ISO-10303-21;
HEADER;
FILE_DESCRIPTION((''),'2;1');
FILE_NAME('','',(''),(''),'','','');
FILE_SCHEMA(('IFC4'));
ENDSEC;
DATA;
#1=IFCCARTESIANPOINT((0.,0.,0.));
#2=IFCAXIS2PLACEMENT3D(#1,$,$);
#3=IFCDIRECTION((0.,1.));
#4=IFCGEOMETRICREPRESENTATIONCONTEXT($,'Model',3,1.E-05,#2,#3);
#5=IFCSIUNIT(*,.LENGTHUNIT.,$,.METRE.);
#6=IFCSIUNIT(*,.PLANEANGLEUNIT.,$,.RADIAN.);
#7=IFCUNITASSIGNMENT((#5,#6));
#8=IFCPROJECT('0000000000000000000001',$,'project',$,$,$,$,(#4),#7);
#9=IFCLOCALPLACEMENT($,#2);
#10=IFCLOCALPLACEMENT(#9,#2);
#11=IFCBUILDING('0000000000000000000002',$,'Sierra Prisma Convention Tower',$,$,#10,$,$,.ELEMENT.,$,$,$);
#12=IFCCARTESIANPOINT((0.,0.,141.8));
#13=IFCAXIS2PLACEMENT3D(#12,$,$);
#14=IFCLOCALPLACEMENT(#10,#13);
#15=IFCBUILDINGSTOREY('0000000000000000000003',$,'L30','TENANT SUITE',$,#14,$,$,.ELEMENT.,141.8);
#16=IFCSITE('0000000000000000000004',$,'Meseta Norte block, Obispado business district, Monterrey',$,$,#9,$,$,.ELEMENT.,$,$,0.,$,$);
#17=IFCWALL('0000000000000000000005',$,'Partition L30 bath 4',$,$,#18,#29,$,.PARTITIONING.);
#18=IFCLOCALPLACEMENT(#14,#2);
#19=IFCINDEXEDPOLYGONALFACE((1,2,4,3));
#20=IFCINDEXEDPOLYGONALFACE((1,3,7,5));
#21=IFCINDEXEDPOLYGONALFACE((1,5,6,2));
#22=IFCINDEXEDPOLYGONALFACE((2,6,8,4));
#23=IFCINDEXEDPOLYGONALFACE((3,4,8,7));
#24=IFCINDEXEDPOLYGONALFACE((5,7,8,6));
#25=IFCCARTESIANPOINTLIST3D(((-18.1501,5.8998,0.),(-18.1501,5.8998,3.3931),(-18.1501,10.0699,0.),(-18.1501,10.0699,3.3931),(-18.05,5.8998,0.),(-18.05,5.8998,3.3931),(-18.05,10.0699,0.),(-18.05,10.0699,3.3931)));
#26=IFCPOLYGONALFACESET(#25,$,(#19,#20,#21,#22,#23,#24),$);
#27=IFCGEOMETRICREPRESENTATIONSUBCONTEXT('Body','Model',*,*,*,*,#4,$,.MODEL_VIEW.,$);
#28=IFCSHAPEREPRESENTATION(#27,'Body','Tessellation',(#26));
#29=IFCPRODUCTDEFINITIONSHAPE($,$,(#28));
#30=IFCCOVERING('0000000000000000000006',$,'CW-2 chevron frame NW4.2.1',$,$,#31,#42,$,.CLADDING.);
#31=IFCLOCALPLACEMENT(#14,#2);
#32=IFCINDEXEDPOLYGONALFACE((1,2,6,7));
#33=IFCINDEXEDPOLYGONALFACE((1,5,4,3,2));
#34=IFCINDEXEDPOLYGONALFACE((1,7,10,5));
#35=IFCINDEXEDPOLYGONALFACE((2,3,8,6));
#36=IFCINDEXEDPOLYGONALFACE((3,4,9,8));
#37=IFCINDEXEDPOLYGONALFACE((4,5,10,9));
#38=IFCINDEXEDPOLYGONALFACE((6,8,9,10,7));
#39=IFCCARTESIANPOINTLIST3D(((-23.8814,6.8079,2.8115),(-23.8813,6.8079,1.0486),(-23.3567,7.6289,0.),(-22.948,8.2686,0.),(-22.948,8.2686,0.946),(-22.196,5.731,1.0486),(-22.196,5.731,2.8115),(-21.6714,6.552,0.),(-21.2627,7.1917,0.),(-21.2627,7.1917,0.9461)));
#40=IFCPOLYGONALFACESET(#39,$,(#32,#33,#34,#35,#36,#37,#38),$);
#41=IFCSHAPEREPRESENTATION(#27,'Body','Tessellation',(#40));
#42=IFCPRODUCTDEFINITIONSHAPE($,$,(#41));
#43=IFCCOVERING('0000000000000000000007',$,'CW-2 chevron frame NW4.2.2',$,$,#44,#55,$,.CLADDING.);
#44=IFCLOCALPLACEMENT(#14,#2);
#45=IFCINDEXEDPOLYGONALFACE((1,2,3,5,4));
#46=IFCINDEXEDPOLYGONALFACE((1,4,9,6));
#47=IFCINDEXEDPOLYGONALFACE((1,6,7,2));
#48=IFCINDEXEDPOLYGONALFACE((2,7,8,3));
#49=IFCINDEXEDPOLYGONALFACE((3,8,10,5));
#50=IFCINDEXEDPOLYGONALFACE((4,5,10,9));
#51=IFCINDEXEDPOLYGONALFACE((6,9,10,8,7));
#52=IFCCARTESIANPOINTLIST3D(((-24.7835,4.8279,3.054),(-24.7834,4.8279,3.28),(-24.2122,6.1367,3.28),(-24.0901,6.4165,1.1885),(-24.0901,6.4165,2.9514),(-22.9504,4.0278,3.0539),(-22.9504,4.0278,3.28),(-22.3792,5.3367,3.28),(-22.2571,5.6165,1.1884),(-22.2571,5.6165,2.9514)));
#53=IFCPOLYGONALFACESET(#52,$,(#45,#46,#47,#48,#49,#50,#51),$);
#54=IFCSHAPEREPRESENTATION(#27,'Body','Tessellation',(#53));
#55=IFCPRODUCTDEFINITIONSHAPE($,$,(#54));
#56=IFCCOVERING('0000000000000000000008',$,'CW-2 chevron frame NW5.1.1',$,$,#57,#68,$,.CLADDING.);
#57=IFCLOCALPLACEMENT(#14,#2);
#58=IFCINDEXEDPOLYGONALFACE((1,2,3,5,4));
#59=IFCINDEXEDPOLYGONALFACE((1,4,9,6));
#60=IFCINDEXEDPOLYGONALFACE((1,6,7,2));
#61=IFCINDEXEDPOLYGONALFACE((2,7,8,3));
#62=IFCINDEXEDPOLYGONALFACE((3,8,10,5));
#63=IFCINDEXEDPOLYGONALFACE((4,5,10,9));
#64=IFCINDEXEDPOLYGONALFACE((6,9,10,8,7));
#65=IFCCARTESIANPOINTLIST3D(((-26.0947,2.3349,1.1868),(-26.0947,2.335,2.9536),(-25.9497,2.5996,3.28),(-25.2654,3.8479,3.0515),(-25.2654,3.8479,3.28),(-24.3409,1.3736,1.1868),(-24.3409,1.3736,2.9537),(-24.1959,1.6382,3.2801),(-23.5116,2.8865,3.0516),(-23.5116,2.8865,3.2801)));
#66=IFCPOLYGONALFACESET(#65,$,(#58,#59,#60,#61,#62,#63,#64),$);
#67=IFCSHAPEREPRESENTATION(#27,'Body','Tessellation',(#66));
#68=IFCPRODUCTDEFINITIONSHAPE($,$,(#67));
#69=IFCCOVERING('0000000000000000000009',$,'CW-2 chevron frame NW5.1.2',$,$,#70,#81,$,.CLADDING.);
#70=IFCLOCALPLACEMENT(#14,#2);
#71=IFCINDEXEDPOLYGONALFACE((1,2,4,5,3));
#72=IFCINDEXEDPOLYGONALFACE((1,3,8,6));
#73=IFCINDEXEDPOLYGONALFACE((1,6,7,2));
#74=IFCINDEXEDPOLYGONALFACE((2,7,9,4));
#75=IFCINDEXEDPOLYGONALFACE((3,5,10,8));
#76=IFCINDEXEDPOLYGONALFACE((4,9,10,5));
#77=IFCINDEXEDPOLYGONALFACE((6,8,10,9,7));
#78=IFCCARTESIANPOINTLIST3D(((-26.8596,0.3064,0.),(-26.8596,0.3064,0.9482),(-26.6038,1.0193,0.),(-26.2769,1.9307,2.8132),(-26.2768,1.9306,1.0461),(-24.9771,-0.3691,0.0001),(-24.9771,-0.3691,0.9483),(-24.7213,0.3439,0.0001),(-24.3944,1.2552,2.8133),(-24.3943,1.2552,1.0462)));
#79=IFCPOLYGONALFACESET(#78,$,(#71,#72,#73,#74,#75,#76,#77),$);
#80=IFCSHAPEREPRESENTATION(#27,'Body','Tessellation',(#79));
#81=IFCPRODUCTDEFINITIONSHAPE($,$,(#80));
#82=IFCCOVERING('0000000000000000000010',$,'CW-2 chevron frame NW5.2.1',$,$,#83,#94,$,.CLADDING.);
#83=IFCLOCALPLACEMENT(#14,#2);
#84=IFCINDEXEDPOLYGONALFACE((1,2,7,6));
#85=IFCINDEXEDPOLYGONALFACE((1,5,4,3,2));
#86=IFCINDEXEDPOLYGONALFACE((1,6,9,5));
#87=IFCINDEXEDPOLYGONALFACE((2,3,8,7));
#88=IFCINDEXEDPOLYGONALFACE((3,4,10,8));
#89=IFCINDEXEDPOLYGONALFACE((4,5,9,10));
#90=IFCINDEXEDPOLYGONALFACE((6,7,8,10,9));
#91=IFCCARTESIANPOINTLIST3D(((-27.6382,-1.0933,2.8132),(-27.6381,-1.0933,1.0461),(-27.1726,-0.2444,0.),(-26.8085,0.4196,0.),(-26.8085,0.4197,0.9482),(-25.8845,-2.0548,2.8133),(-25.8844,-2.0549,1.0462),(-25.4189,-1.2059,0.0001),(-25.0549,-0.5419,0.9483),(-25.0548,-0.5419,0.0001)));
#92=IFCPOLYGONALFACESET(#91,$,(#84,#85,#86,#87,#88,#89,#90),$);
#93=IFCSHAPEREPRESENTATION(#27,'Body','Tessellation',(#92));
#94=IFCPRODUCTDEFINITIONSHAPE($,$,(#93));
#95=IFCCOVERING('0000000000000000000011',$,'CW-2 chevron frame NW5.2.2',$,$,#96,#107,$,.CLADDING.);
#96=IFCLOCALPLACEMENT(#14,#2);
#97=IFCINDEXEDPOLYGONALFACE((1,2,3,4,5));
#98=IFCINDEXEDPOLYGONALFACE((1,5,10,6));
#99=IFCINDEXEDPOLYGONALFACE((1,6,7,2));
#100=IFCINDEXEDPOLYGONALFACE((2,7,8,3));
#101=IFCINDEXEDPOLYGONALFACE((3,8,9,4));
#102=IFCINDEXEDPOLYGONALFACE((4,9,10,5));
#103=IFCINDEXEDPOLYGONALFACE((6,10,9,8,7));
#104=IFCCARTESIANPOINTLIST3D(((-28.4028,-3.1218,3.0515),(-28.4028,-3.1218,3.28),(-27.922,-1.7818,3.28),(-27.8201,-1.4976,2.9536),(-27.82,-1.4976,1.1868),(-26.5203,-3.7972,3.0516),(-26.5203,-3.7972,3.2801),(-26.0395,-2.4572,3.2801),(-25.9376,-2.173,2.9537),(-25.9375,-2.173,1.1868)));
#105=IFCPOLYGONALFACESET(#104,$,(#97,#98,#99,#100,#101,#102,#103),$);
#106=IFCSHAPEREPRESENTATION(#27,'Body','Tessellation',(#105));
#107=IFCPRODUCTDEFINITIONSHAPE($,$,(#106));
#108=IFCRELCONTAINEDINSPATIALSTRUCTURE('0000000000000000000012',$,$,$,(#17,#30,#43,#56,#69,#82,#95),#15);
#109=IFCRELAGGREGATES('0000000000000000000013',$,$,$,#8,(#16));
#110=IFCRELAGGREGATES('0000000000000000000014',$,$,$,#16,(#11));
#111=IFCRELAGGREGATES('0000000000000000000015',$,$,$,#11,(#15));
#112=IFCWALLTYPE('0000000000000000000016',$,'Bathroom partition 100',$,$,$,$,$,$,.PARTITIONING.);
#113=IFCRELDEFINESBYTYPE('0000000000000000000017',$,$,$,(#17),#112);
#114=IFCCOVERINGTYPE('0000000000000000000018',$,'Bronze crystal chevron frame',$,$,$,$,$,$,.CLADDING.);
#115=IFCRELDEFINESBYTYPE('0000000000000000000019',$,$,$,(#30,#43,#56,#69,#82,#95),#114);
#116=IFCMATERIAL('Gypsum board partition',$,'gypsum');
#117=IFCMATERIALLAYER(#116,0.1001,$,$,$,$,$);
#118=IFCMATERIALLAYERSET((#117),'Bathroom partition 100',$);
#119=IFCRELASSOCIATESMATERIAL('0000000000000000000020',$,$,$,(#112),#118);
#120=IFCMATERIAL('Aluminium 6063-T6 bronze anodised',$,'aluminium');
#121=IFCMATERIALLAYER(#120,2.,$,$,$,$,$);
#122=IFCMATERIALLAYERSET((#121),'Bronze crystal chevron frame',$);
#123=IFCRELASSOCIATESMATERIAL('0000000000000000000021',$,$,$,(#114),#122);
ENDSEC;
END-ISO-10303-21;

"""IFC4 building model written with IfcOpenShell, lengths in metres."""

from ifc_helpers import new_model, si_unit, direction, frame, frame_2d, origin, place, context, subcontext, project, spatial, polyline, rectangle, outline, extrude, material, layer, layer_set, type_object, element, save


model = new_model("IFC4")

# Units and contexts
model_context = context("Model", 3, precision=1e-05, world=origin(), true_north=direction((0.0, 1.0)))
body_context = subcontext(model_context, "Body", "Model", "MODEL_VIEW")
ifc_project = project(units=[si_unit("LENGTHUNIT", "METRE"), si_unit("PLANEANGLEUNIT", "RADIAN")], contexts=[model_context])

# Site, building, storey
site_placement = place(None, origin())
site = spatial("IfcSite", under=ifc_project, at=site_placement, Name="Meseta Norte block, Obispado business district, Monterrey", CompositionType="ELEMENT", RefElevation=0.0)
building_placement = place(site_placement, origin())
building = spatial("IfcBuilding", under=site, at=building_placement, Name="Sierra Prisma Convention Tower", CompositionType="ELEMENT")
storey_placement = place(building_placement, frame((0.0, 0.0, 141.8)))
storey = spatial("IfcBuildingStorey", under=building, at=storey_placement, Name="L30", Description="TENANT SUITE", CompositionType="ELEMENT", Elevation=141.8)

# Wall
ifc_material_1 = material(Name="Gypsum board partition", Category="gypsum")
ifc_layer_1 = layer(ifc_material_1, 0.1001)
ifc_layer_set_1 = layer_set([ifc_layer_1], Name="Bathroom partition 100")
wall_type = type_object("IfcWallType", Name="Bathroom partition 100", PredefinedType="PARTITIONING", material=ifc_layer_set_1)
wall_placement = place(storey_placement, frame((-18.1001, 5.8999, 0.0), z_axis=(0.0, 0.0, 1.0), x_axis=(0.0, 1.0, 0.0)))
element("IfcWall", 1, at=wall_placement, inside=storey, type_object=wall_type, Name="Partition L30 bath 4", PredefinedType="PARTITIONING", context=body_context, shape_type="SweptSolid", body=[
    extrude(rectangle(XDim=4.1702, YDim=0.1001, at=frame_2d((2.085, 0.0))), origin(), (0.0, 0.0, 1.0), 3.3931),
])

# Coverings
ifc_material_2 = material(Name="Aluminium 6063-T6 bronze anodised", Category="aluminium")
ifc_layer_2 = layer(ifc_material_2, 2.0)
ifc_layer_set_2 = layer_set([ifc_layer_2], Name="Bronze crystal chevron frame")
covering_type = type_object("IfcCoveringType", Name="Bronze crystal chevron frame", PredefinedType="CLADDING", material=ifc_layer_set_2)
covering_1_placement = place(storey_placement, frame((-22.948, 8.2686, 0.0), z_axis=(-0.842665, 0.538438, -0.000008), x_axis=(-0.538438, -0.842665, 0.0)))
element("IfcCovering", 2, at=covering_1_placement, inside=storey, type_object=covering_type, Name="CW-2 chevron frame NW4.2.1", PredefinedType="CLADDING", context=body_context, shape_type="SweptSolid", body=[
    extrude(outline(polyline([(0.0, 0.0), (0.7591, 0.0), (1.7334, 1.0486), (1.7334, 2.8115), (0.0, 0.946), (0.0, 0.0)])), origin(), (0.0, 0.0, -1.0), 2.0),
])
covering_2_placement = place(storey_placement, frame((-24.7834, 4.8279, 3.28), z_axis=(-0.916508, 0.400016, 0.000017), x_axis=(0.400016, 0.916508, 0.0)))
element("IfcCovering", 3, at=covering_2_placement, inside=storey, type_object=covering_type, Name="CW-2 chevron frame NW4.2.2", PredefinedType="CLADDING", context=body_context, shape_type="SweptSolid", body=[
    extrude(outline(polyline([(0.0, 0.0), (1.4281, 0.0), (1.7333, 0.3286), (1.7333, 2.0916), (0.0, 0.2261), (0.0, 0.0)])), origin(), (0.0, 0.0, -1.0), 2.0),
])
covering_3_placement = place(storey_placement, frame((-25.2654, 3.8479, 3.28), z_axis=(-0.876891, 0.480689, -0.00002), x_axis=(0.000018, -0.00001, -1.0)))
element("IfcCovering", 4, at=covering_3_placement, inside=storey, type_object=covering_type, Name="CW-2 chevron frame NW5.1.1", PredefinedType="CLADDING", context=body_context, shape_type="SweptSolid", body=[
    extrude(outline(polyline([(0.0, 0.0), (0.2285, 0.0), (2.0933, 1.7253), (0.3264, 1.7253), (0.0, 1.4236), (0.0, 0.0)])), origin(), (0.0, 0.0, -1.0), 2.0),
])
covering_4_placement = place(storey_placement, frame((-26.2769, 1.9307, 2.8132), z_axis=(-0.941246, 0.337722, -0.000025), x_axis=(0.000024, -0.000008, -1.0)))
element("IfcCovering", 5, at=covering_4_placement, inside=storey, type_object=covering_type, Name="CW-2 chevron frame NW5.1.2", PredefinedType="CLADDING", context=body_context, shape_type="SweptSolid", body=[
    extrude(outline(polyline([(0.0, 0.0), (1.7671, 0.0), (2.8132, 0.9682), (2.8132, 1.7256), (1.865, 1.7256), (0.0, 0.0)])), origin(), (0.0, 0.0, -1.0), 2.0),
])
covering_5_placement = place(storey_placement, frame((-27.1726, -0.2444, 0.0), z_axis=(-0.876843, 0.480778, -0.000031), x_axis=(-0.326577, -0.595564, 0.733929)))
element("IfcCovering", 6, at=covering_5_placement, inside=storey, type_object=covering_type, Name="CW-2 chevron frame NW5.2.1", PredefinedType="CLADDING", context=body_context, shape_type="SweptSolid", body=[
    extrude(outline(polyline([(0.0, 0.0), (1.4254, 0.0), (2.7223, 1.2003), (0.1816, 1.1999), (-0.5144, 0.5558), (0.0, 0.0)])), origin(), (0.0, 0.0, -1.0), 2.0),
])
covering_6_placement = place(storey_placement, frame((-28.4028, -3.1218, 3.28), z_axis=(-0.941254, 0.337701, -0.000038), x_axis=(0.337701, 0.941254, 0.0)))
element("IfcCovering", 7, at=covering_6_placement, inside=storey, type_object=covering_type, Name="CW-2 chevron frame NW5.2.2", PredefinedType="CLADDING", context=body_context, shape_type="SweptSolid", body=[
    extrude(outline(polyline([(0.0, 0.0), (1.4237, 0.0), (1.7256, 0.3264), (1.7256, 2.0933), (0.0, 0.2285), (0.0, 0.0)])), origin(), (0.0, 0.0, -1.0), 2.0),
])

save(model, "model.ifc")
